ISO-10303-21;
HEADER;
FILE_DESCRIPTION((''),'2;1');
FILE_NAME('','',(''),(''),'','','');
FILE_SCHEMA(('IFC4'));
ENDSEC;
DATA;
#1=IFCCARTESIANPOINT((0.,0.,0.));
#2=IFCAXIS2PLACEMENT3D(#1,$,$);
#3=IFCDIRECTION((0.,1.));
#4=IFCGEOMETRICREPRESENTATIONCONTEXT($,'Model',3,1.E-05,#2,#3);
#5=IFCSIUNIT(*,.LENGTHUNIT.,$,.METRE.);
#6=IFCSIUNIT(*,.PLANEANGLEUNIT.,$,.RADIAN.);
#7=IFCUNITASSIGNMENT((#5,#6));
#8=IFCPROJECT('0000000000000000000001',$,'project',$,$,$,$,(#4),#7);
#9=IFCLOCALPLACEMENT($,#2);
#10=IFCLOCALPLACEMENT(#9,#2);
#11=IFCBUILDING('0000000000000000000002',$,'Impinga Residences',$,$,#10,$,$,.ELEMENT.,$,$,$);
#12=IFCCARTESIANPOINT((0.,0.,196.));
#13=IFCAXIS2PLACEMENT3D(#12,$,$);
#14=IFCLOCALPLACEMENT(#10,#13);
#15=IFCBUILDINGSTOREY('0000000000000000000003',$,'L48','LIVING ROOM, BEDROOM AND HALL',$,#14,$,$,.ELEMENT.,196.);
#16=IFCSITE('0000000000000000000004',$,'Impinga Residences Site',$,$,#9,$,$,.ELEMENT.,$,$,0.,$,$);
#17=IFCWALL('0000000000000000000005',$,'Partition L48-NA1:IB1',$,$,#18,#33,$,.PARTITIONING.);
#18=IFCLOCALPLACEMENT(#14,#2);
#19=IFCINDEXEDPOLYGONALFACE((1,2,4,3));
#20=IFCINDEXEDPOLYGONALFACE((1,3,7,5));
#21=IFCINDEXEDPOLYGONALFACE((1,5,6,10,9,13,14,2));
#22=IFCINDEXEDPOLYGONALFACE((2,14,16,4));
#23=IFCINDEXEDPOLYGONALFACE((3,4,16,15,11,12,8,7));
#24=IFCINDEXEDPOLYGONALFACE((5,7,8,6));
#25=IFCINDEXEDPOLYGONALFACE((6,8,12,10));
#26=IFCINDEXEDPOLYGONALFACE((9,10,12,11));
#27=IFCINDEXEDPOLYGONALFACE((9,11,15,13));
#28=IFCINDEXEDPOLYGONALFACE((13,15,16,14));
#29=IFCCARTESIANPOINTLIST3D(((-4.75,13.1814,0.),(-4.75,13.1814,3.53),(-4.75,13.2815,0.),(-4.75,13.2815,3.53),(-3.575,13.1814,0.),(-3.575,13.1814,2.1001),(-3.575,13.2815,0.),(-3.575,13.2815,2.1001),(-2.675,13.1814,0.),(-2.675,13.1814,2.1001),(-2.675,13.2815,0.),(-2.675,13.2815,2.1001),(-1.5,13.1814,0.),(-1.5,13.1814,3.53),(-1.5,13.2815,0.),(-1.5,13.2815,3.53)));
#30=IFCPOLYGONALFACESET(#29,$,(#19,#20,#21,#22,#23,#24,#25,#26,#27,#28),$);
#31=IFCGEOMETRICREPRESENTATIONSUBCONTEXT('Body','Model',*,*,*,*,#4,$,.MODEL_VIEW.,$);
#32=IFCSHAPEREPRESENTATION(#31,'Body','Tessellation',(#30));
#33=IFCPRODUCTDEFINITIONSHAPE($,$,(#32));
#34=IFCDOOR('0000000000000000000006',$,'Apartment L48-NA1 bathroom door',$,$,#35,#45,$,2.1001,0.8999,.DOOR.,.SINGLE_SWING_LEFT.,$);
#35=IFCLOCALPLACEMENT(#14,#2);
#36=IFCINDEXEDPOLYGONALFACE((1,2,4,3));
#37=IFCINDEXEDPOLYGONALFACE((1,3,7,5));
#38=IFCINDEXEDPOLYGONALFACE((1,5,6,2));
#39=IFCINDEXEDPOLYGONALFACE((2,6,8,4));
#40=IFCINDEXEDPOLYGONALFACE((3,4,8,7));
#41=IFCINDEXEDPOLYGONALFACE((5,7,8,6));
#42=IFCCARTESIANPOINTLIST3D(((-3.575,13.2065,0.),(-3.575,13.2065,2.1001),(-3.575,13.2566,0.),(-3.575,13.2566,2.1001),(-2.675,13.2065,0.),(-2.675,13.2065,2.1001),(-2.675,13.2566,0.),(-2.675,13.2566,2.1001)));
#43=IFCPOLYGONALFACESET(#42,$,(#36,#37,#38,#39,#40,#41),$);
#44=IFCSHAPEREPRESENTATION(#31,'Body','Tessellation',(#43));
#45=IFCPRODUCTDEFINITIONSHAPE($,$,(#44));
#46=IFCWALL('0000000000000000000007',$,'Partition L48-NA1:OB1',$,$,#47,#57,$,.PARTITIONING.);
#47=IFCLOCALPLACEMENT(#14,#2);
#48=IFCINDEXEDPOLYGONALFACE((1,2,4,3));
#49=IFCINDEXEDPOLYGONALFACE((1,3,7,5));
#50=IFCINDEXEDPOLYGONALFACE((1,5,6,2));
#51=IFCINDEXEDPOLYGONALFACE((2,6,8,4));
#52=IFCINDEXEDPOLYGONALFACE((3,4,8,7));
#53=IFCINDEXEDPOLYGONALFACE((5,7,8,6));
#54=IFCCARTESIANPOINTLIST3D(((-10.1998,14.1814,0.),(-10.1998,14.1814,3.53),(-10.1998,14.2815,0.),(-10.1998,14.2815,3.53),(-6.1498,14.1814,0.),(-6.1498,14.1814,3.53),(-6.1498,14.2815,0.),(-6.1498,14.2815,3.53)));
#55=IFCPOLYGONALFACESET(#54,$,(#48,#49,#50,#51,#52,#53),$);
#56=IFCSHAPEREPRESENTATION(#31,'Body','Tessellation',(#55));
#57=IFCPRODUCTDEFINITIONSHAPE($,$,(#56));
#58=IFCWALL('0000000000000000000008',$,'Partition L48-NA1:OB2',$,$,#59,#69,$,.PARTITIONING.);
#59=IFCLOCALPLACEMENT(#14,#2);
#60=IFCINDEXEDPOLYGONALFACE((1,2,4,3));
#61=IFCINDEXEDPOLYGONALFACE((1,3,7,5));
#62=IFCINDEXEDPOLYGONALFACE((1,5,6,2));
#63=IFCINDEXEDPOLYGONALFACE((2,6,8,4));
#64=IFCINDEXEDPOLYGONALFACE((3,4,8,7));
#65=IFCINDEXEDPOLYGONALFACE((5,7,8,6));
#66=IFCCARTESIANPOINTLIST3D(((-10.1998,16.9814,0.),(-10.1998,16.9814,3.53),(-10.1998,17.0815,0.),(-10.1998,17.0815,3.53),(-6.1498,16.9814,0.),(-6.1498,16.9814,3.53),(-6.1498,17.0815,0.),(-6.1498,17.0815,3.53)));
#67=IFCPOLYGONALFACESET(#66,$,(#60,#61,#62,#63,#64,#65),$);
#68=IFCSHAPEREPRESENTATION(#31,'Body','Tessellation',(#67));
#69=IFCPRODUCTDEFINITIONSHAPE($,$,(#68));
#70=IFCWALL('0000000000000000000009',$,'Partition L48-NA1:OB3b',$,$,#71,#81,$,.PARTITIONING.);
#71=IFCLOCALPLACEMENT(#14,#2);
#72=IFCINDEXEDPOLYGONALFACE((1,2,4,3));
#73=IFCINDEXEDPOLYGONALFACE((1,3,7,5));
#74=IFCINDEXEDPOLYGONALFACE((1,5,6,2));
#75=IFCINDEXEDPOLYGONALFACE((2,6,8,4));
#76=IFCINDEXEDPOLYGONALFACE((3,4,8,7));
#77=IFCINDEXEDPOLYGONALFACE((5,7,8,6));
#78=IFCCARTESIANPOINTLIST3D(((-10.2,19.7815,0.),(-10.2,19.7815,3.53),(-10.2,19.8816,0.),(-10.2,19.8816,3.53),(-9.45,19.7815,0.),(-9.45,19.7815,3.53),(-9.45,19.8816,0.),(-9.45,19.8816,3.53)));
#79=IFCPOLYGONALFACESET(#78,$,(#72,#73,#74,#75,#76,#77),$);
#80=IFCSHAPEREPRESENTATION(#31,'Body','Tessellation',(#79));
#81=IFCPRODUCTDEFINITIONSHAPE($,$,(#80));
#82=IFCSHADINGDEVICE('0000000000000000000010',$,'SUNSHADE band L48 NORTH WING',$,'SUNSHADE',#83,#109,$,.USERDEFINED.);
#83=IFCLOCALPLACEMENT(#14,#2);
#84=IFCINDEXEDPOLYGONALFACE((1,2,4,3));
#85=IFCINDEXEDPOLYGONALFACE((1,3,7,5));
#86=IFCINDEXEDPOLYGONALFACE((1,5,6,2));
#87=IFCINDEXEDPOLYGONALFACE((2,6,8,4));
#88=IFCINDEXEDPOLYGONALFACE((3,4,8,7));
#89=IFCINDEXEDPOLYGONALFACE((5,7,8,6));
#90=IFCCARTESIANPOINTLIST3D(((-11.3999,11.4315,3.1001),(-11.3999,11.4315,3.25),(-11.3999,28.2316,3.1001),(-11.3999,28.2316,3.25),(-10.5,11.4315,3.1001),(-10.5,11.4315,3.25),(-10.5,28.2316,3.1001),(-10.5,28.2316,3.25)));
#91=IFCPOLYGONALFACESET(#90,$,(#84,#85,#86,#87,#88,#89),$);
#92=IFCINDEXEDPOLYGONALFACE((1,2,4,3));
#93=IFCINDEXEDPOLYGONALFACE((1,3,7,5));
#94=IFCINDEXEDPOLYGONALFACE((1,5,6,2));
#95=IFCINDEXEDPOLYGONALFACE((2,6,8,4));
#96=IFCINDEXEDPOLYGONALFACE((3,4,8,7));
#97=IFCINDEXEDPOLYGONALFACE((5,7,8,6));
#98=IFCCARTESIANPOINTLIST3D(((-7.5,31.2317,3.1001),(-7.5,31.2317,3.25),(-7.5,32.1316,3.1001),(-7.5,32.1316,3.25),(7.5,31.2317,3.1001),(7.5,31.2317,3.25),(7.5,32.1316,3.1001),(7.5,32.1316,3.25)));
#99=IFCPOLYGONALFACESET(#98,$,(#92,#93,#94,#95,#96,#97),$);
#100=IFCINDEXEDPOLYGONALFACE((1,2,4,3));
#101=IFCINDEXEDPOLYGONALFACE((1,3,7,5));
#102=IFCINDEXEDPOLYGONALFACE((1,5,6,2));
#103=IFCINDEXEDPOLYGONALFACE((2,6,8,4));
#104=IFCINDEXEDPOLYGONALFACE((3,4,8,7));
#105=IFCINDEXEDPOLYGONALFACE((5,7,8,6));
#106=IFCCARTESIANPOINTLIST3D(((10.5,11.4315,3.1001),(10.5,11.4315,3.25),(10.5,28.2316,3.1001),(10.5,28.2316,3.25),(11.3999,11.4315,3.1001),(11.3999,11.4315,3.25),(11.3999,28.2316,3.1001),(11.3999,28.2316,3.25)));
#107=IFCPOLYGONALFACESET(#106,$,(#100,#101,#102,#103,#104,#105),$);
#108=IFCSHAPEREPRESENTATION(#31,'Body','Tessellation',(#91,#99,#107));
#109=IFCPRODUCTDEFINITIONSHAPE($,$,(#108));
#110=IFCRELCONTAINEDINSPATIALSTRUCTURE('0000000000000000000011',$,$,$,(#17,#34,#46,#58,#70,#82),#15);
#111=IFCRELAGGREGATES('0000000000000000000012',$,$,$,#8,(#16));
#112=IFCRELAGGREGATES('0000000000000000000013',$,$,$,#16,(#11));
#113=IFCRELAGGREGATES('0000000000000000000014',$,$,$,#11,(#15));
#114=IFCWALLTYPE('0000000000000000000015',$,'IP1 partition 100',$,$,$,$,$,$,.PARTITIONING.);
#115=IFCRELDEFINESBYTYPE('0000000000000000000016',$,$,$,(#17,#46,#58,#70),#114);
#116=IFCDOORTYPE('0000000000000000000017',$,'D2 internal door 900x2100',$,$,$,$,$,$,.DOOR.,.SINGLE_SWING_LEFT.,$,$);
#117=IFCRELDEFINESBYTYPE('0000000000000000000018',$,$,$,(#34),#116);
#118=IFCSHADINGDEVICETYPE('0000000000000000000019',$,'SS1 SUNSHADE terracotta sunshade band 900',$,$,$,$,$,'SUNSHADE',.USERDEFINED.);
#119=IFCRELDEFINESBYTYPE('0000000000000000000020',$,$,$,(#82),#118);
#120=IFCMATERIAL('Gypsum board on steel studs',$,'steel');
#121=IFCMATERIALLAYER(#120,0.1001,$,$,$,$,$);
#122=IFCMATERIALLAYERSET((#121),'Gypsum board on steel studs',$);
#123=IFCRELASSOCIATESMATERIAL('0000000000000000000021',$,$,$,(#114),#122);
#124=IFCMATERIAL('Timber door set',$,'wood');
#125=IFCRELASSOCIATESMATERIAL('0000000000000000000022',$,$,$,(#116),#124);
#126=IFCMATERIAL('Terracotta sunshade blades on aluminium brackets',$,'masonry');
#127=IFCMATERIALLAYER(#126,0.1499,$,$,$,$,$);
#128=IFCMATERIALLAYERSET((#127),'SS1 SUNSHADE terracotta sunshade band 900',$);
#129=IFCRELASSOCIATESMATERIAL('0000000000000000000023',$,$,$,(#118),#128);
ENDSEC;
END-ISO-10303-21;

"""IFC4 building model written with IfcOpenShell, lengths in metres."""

from ifc_helpers import new_model, si_unit, direction, frame, frame_2d, origin, origin_2d, place, context, subcontext, project, spatial, rectangle, extrude, material, layer, layer_set, type_object, element, fill, save


model = new_model("IFC4")

# Units and contexts
model_context = context("Model", 3, precision=1e-05, world=origin(), true_north=direction((0.0, 1.0)))
body_context = subcontext(model_context, "Body", "Model", "MODEL_VIEW")
ifc_project = project(units=[si_unit("LENGTHUNIT", "METRE"), si_unit("PLANEANGLEUNIT", "RADIAN")], contexts=[model_context])

# Site, building, storey
site_placement = place(None, origin())
site = spatial("IfcSite", under=ifc_project, at=site_placement, Name="Impinga Residences Site", CompositionType="ELEMENT", RefElevation=0.0)
building_placement = place(site_placement, origin())
building = spatial("IfcBuilding", under=site, at=building_placement, Name="Impinga Residences", CompositionType="ELEMENT")
storey_placement = place(building_placement, frame((0.0, 0.0, 196.0)))
storey = spatial("IfcBuildingStorey", under=building, at=storey_placement, Name="L48", Description="LIVING ROOM, BEDROOM AND HALL", CompositionType="ELEMENT", Elevation=196.0)

# Shared definitions
ifc_material_1 = material(Name="Gypsum board on steel studs", Category="steel")
ifc_layer_1 = layer(ifc_material_1, 0.1001)
ifc_layer_set_1 = layer_set([ifc_layer_1], Name="Gypsum board on steel studs")
wall_type_1 = type_object("IfcWallType", Name="IP1 partition 100", PredefinedType="PARTITIONING", material=ifc_layer_set_1)

# Shared definitions
ifc_material_2 = material(Name="Timber door set", Category="wood")
door_type = type_object("IfcDoorType", Name="D2 internal door 900x2100", OperationType="SINGLE_SWING_LEFT", PredefinedType="DOOR", material=ifc_material_2)

# Wall, opening, door
wall_1_placement = place(storey_placement, frame((-1.5, 13.2314, 0.0), z_axis=(0.0, 0.0, 1.0), x_axis=(-1.0, 0.0, 0.0)))
wall_1 = element("IfcWall", 1, at=wall_1_placement, inside=storey, type_object=wall_type_1, Name="Partition L48-NA1:IB1", PredefinedType="PARTITIONING", context=body_context, shape_type="SweptSolid", body=[
    extrude(rectangle(XDim=3.25, YDim=0.1001, at=frame_2d((1.625, 0.0))), origin(), (0.0, 0.0, 1.0), 3.53),
])
opening_1_placement = place(wall_1_placement, frame((1.175, 0.0, 0.0)))
opening_1 = element("IfcOpeningElement", 2, at=opening_1_placement, cuts=wall_1, PredefinedType="OPENING", context=body_context, shape_type="SweptSolid", body=[
    extrude(rectangle(XDim=0.8999, YDim=2.1001, at=frame_2d((0.45, 1.05))), frame((0.0, 0.0601, 0.0), z_axis=(0.0, -1.0, 0.0), x_axis=(1.0, 0.0, 0.0)), (0.0, 0.0, 1.0), 0.1201),
])
door_1_placement = place(opening_1_placement, origin())
door_1 = element("IfcDoor", 3, at=door_1_placement, inside=storey, type_object=door_type, Name="Apartment L48-NA1 bathroom door", OperationType="SINGLE_SWING_LEFT", OverallHeight=2.1001, OverallWidth=0.8999, PredefinedType="DOOR", context=body_context, shape_type="SweptSolid", body=[
    extrude(rectangle(XDim=0.8999, YDim=2.1001, at=frame_2d((0.45, 1.05))), frame((0.0, 0.0249, 0.0), z_axis=(0.0, -1.0, 0.0), x_axis=(1.0, 0.0, 0.0)), (0.0, 0.0, 1.0), 0.05),
])
fill(opening_1, door_1)

# Walls
for number, where, z_axis, x_axis, name in (
    (4, (-6.1499, 14.2314, 0.0), (0.0, 0.0, 1.0), (-1.0, 0.0, 0.0), "Partition L48-NA1:OB1"),
    (5, (-6.1499, 17.0315, 0.0), (0.0, 0.0, 1.0), (-1.0, 0.0, 0.0), "Partition L48-NA1:OB2"),
):
    element("IfcWall", number, at=place(storey_placement, frame(where, z_axis=z_axis, x_axis=x_axis)), inside=storey, type_object=wall_type_1, Name=name, PredefinedType="PARTITIONING", context=body_context, shape_type="SweptSolid", body=[
        extrude(rectangle(XDim=4.05, YDim=0.1001, at=frame_2d((2.0249, 0.0))), origin(), (0.0, 0.0, 1.0), 3.53),
    ])
wall_2_placement = place(storey_placement, frame((-9.45, 19.8315, 0.0), z_axis=(0.0, 0.0, 1.0), x_axis=(-1.0, 0.0, 0.0)))
element("IfcWall", 6, at=wall_2_placement, inside=storey, type_object=wall_type_1, Name="Partition L48-NA1:OB3b", PredefinedType="PARTITIONING", context=body_context, shape_type="SweptSolid", body=[
    extrude(rectangle(XDim=0.75, YDim=0.1001, at=frame_2d((0.375, 0.0))), origin(), (0.0, 0.0, 1.0), 3.53),
])

# Shading device
ifc_material_3 = material(Name="Terracotta sunshade blades on aluminium brackets", Category="masonry")
ifc_layer_2 = layer(ifc_material_3, 0.1499)
ifc_layer_set_2 = layer_set([ifc_layer_2], Name="SS1 SUNSHADE terracotta sunshade band 900")
shading_device_type = type_object("IfcShadingDeviceType", Name="SS1 SUNSHADE terracotta sunshade band 900", ElementType="SUNSHADE", PredefinedType="USERDEFINED", material=ifc_layer_set_2)
shading_device_placement = place(storey_placement, frame((-10.95, 19.8315, 3.1001), z_axis=(0.0, 0.0, 1.0), x_axis=(0.0, 1.0, 0.0)))
element("IfcShadingDevice", 7, at=shading_device_placement, inside=storey, type_object=shading_device_type, Name="SUNSHADE band L48 NORTH WING", ObjectType="SUNSHADE", PredefinedType="USERDEFINED", context=body_context, shape_type="SweptSolid", body=[
    extrude(rectangle(XDim=16.8, YDim=0.8999, at=origin_2d()), origin(), (0.0, 0.0, 1.0), 0.1499),
    extrude(rectangle(XDim=15.0, YDim=0.8999, at=origin_2d()), frame((11.8501, -10.95, 0.0), z_axis=(0.0, 0.0, 1.0), x_axis=(0.0, -1.0, 0.0)), (0.0, 0.0, 1.0), 0.1499),
    extrude(rectangle(XDim=16.8, YDim=0.8999, at=origin_2d()), frame((0.0, -21.8999, 0.0), z_axis=(0.0, 0.0, 1.0), x_axis=(-1.0, 0.0, 0.0)), (0.0, 0.0, 1.0), 0.1499),
])

save(model, "model.ifc")
